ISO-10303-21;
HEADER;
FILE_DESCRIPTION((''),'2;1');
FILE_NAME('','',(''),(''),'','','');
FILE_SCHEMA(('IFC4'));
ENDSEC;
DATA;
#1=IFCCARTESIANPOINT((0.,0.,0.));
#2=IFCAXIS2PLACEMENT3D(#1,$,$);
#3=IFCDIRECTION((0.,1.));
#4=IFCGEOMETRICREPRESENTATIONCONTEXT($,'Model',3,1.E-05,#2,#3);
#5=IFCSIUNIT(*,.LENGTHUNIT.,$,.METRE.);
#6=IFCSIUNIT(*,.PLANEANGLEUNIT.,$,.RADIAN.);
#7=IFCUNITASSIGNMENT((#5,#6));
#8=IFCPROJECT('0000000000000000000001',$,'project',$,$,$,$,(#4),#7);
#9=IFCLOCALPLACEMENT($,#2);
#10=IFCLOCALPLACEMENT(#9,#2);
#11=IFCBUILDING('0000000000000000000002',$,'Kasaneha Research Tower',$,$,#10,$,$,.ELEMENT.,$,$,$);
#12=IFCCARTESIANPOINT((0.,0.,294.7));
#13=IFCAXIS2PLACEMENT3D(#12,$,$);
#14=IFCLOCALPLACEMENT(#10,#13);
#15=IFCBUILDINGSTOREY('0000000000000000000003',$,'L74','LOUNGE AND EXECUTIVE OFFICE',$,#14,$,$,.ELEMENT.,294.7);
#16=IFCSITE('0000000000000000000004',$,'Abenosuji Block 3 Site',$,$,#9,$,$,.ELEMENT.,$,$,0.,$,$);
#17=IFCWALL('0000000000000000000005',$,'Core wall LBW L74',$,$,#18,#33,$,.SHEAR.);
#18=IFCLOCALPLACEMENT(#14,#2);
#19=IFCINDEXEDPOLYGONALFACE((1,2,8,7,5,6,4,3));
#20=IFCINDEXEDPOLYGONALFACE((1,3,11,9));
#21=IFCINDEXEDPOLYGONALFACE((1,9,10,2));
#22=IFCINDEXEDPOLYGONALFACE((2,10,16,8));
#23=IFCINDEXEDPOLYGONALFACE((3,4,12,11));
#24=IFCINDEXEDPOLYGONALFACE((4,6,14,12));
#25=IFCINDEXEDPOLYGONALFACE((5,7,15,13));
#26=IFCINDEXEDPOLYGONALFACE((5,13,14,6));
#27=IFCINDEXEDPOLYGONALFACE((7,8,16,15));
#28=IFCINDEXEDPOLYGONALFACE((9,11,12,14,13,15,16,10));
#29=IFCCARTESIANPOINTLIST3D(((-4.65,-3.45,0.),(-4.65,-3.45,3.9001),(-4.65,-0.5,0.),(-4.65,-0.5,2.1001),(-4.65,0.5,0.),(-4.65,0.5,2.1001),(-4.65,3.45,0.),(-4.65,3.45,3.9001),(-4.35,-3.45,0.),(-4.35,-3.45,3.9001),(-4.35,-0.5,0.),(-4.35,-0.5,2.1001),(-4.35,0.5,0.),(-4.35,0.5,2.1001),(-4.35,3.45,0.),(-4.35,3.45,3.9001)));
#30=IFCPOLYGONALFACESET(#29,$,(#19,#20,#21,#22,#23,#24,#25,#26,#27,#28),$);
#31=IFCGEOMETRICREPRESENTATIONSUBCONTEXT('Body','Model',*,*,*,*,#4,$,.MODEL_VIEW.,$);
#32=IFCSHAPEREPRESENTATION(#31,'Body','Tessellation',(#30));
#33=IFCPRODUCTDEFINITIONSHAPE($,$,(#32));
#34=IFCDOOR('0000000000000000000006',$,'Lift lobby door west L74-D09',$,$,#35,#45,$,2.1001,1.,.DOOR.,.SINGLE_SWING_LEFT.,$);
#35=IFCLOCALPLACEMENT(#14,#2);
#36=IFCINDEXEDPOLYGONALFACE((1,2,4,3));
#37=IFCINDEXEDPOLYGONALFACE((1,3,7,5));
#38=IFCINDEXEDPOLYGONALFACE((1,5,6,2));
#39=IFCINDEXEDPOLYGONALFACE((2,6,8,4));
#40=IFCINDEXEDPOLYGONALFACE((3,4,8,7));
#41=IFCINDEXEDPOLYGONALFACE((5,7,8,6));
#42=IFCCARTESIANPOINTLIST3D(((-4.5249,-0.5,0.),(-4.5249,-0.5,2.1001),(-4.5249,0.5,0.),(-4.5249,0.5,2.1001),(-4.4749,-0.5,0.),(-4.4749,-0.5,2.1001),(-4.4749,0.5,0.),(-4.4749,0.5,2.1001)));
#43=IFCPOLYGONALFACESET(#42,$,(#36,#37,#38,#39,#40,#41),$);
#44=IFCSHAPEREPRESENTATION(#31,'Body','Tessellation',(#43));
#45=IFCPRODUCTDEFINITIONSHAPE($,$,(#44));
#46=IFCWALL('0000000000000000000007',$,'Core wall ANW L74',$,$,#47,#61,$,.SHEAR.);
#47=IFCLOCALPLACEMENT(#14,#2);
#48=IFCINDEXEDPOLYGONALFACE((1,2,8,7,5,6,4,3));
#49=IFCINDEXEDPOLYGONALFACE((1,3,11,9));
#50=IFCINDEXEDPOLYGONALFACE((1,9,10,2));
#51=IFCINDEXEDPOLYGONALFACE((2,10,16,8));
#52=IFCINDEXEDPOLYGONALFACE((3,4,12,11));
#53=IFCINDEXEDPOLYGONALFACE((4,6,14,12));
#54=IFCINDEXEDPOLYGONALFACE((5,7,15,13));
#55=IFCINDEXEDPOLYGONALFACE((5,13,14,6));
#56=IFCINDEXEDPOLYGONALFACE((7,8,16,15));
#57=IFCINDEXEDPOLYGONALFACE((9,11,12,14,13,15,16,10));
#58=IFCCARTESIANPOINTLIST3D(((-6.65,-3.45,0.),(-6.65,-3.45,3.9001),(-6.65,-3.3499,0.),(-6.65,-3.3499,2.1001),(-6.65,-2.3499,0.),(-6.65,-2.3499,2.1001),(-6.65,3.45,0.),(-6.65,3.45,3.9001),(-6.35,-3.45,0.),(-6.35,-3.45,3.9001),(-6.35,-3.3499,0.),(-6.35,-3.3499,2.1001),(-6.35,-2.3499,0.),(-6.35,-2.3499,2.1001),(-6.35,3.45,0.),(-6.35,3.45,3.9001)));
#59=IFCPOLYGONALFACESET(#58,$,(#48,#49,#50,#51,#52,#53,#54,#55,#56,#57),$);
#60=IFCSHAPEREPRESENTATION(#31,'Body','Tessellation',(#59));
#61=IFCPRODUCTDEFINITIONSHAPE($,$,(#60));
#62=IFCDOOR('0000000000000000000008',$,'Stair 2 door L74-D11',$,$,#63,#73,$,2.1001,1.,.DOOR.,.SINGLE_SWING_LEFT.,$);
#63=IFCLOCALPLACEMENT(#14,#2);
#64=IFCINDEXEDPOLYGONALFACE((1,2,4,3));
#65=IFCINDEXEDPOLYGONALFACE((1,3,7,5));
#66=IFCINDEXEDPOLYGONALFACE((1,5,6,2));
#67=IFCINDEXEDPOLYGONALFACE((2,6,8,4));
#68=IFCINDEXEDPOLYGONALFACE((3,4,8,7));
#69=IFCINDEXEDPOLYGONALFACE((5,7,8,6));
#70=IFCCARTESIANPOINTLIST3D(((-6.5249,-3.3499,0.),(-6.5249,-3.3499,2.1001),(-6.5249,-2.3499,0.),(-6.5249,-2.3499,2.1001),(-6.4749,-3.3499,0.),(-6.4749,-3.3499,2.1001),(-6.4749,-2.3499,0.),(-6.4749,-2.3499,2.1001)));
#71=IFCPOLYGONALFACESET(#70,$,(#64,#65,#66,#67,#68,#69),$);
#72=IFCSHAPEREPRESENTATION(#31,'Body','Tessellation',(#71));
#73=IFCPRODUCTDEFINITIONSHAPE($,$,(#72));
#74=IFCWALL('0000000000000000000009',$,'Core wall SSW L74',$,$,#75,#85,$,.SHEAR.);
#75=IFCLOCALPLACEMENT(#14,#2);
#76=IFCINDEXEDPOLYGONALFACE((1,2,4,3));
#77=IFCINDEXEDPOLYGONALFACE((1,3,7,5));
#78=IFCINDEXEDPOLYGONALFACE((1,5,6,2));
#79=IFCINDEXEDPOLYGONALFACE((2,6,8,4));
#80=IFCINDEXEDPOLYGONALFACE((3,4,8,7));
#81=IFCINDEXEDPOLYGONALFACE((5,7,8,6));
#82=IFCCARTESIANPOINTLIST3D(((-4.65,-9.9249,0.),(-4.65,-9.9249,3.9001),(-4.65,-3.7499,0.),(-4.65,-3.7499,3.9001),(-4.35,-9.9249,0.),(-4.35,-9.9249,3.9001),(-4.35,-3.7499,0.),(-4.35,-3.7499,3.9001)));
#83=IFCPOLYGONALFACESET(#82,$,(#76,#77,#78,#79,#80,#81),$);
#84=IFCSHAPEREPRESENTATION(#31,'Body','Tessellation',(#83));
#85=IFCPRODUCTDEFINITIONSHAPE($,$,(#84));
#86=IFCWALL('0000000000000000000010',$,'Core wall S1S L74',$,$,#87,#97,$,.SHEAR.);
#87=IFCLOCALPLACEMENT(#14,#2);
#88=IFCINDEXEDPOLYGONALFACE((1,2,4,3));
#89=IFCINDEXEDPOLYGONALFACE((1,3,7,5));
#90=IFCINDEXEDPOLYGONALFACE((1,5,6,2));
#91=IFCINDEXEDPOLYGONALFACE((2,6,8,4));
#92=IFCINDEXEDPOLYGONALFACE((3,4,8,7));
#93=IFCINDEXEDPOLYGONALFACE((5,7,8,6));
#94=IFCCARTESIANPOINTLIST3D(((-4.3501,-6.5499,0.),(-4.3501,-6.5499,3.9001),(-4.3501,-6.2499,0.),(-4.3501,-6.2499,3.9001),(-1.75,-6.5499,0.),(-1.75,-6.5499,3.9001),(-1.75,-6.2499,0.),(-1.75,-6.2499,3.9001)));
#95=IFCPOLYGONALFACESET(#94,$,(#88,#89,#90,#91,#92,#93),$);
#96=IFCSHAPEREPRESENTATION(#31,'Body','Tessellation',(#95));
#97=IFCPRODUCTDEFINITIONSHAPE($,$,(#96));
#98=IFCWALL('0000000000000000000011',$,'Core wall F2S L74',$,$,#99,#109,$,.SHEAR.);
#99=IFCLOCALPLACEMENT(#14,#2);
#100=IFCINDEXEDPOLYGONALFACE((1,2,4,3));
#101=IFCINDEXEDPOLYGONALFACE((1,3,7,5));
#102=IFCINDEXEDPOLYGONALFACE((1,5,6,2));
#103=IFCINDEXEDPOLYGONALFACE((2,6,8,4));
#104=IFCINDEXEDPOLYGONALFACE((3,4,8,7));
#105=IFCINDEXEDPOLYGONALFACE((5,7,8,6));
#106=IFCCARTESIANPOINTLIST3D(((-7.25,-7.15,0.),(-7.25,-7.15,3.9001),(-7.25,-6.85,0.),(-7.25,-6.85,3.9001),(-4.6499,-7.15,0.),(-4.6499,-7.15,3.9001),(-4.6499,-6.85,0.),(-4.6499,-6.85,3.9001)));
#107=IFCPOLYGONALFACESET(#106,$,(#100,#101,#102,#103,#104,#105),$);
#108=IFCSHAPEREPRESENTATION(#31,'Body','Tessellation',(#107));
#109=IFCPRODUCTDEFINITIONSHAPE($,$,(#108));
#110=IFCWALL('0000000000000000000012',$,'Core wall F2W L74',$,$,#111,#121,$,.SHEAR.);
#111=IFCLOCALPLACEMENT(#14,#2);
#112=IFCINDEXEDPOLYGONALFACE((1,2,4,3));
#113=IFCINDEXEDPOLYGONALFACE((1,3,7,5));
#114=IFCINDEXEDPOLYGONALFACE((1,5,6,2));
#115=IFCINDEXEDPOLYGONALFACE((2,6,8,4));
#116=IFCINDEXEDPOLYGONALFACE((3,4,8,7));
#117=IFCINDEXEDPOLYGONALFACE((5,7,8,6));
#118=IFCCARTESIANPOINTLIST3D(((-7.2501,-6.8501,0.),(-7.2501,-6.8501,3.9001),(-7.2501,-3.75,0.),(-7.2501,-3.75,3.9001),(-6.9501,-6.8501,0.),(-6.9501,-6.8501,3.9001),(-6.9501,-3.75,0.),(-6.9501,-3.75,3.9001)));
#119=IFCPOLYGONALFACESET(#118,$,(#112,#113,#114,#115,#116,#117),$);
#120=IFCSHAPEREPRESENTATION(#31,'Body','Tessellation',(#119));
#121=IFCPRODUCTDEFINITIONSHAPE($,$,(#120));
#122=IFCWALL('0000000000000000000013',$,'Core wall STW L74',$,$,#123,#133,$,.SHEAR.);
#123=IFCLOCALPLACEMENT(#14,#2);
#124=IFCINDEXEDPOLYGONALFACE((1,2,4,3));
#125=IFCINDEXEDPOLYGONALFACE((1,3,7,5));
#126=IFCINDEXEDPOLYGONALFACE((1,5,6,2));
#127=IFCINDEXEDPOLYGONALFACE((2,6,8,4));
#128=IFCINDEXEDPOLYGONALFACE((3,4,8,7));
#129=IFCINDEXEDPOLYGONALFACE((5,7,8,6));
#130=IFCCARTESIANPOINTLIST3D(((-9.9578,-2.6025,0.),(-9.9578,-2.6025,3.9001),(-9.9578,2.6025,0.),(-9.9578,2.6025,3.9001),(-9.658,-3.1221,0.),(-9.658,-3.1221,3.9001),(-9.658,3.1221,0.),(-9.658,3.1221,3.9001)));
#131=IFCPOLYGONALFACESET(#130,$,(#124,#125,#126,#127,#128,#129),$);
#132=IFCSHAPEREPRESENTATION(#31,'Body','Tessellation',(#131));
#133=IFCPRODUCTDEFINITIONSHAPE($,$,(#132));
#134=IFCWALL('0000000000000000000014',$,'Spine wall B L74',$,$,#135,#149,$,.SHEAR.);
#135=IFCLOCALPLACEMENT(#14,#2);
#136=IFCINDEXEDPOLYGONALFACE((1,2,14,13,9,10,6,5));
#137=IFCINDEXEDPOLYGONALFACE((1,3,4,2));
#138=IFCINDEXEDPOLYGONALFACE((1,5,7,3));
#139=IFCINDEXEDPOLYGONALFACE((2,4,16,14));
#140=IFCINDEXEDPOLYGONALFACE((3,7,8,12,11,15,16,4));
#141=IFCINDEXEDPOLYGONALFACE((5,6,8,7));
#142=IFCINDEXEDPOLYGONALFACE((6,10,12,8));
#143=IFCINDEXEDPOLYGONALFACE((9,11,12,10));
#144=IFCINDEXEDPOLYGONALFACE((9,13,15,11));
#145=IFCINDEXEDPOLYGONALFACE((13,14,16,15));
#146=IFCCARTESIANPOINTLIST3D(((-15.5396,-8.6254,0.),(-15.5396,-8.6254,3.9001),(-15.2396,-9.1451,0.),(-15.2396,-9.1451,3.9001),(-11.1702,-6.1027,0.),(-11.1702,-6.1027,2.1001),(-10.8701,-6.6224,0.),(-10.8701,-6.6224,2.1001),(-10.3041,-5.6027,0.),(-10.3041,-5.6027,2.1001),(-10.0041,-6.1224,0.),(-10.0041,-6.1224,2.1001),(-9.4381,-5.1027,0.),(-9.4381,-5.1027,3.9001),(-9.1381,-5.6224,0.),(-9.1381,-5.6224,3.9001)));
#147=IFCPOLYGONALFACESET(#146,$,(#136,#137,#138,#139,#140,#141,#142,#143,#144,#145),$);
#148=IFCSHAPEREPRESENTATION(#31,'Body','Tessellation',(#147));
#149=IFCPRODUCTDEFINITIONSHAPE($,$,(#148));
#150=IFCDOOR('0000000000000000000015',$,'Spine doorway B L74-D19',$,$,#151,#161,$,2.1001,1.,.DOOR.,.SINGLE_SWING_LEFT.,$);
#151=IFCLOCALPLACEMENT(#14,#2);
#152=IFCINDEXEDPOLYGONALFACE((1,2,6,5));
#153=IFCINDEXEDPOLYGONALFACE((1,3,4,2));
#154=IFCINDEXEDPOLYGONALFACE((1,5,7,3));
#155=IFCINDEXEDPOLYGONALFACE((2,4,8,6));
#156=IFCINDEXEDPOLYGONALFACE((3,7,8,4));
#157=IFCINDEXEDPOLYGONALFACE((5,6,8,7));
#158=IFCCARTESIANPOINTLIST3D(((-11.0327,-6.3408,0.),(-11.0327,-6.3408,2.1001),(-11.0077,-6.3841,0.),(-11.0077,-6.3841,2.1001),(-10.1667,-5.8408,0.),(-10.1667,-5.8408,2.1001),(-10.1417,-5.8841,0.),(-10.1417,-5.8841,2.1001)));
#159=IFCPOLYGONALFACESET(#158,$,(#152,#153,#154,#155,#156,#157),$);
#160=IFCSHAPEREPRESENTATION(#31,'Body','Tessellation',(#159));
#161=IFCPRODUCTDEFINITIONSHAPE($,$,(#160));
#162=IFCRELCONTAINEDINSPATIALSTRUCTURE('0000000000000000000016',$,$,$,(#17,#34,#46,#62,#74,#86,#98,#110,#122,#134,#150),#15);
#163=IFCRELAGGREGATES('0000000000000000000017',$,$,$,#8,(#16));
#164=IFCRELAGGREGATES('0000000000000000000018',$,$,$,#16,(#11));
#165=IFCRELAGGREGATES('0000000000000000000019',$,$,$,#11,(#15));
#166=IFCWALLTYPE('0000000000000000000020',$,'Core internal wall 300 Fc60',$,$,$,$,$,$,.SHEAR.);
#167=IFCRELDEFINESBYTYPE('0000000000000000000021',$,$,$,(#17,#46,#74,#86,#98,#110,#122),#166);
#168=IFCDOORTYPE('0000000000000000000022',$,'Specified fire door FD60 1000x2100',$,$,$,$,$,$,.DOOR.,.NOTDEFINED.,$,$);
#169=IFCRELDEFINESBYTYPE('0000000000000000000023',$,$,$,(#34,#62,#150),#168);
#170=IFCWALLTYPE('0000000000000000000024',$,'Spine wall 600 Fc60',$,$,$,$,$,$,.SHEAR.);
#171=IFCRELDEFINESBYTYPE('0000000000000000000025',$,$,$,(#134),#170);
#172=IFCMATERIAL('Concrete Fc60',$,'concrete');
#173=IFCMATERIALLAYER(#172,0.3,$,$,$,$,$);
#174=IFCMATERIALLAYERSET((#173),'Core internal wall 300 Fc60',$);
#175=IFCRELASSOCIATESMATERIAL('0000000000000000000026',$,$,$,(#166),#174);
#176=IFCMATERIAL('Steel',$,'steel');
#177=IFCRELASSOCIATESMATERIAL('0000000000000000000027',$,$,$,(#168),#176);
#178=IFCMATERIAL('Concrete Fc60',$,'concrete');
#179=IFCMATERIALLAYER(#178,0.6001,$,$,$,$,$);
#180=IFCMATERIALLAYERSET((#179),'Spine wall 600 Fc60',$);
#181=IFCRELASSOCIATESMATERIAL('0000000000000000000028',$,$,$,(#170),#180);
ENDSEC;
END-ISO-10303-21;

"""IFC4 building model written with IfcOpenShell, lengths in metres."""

from ifc_helpers import new_model, si_unit, direction, frame, frame_2d, origin, place, context, subcontext, project, spatial, polyline, rectangle, outline, extrude, material, layer, layer_set, type_object, element, fill, save


model = new_model("IFC4")

# Units and contexts
model_context = context("Model", 3, precision=1e-05, world=origin(), true_north=direction((0.0, 1.0)))
body_context = subcontext(model_context, "Body", "Model", "MODEL_VIEW")
ifc_project = project(units=[si_unit("LENGTHUNIT", "METRE"), si_unit("PLANEANGLEUNIT", "RADIAN")], contexts=[model_context])

# Site, building, storey
site_placement = place(None, origin())
site = spatial("IfcSite", under=ifc_project, at=site_placement, Name="Abenosuji Block 3 Site", CompositionType="ELEMENT", RefElevation=0.0)
building_placement = place(site_placement, origin())
building = spatial("IfcBuilding", under=site, at=building_placement, Name="Kasaneha Research Tower", CompositionType="ELEMENT")
storey_placement = place(building_placement, frame((0.0, 0.0, 294.7)))
storey = spatial("IfcBuildingStorey", under=building, at=storey_placement, Name="L74", Description="LOUNGE AND EXECUTIVE OFFICE", CompositionType="ELEMENT", Elevation=294.7)

# Shared definitions
ifc_material_1 = material(Name="Concrete Fc60", Category="concrete")
ifc_layer_1 = layer(ifc_material_1, 0.3)
ifc_layer_set_1 = layer_set([ifc_layer_1], Name="Core internal wall 300 Fc60")
wall_type_1 = type_object("IfcWallType", Name="Core internal wall 300 Fc60", PredefinedType="SHEAR", material=ifc_layer_set_1)

# Walls, openings, doors
wall_1_placement = place(storey_placement, frame((-4.5, -3.45, 0.0), z_axis=(0.0, 0.0, 1.0), x_axis=(0.0, 1.0, 0.0)))
wall_1 = element("IfcWall", 1, at=wall_1_placement, inside=storey, type_object=wall_type_1, Name="Core wall LBW L74", PredefinedType="SHEAR", context=body_context, shape_type="SweptSolid", body=[
    extrude(rectangle(XDim=6.8999, YDim=0.3, at=frame_2d((3.45, 0.0))), origin(), (0.0, 0.0, 1.0), 3.9001),
])
opening_1_placement = place(wall_1_placement, frame((2.95, 0.0, 0.0)))
opening_1 = element("IfcOpeningElement", 2, at=opening_1_placement, cuts=wall_1, PredefinedType="OPENING", context=body_context, shape_type="SweptSolid", body=[
    extrude(rectangle(XDim=1.0, YDim=2.1001, at=frame_2d((0.5, 1.05))), frame((0.0, 0.1602, 0.0), z_axis=(0.0, -1.0, 0.0), x_axis=(1.0, 0.0, 0.0)), (0.0, 0.0, 1.0), 0.3201),
])
ifc_material_2 = material(Name="Steel", Category="steel")
door_type_1 = type_object("IfcDoorType", Name="Specified fire door FD60 1000x2100", OperationType="NOTDEFINED", PredefinedType="DOOR", material=ifc_material_2)
door_1_placement = place(opening_1_placement, origin())
door_1 = element("IfcDoor", 3, at=door_1_placement, inside=storey, type_object=door_type_1, Name="Lift lobby door west L74-D09", OperationType="SINGLE_SWING_LEFT", OverallHeight=2.1001, OverallWidth=1.0, PredefinedType="DOOR", context=body_context, shape_type="SweptSolid", body=[
    extrude(rectangle(XDim=1.0, YDim=2.1001, at=frame_2d((0.5, 1.05))), frame((0.0, 0.0249, 0.0), z_axis=(0.0, -1.0, 0.0), x_axis=(1.0, 0.0, 0.0)), (0.0, 0.0, 1.0), 0.05),
])
fill(opening_1, door_1)
wall_2_placement = place(storey_placement, frame((-6.5, -3.45, 0.0), z_axis=(0.0, 0.0, 1.0), x_axis=(0.0, 1.0, 0.0)))
wall_2 = element("IfcWall", 4, at=wall_2_placement, inside=storey, type_object=wall_type_1, Name="Core wall ANW L74", PredefinedType="SHEAR", context=body_context, shape_type="SweptSolid", body=[
    extrude(rectangle(XDim=6.8999, YDim=0.3, at=frame_2d((3.45, 0.0))), origin(), (0.0, 0.0, 1.0), 3.9001),
])
opening_2_placement = place(wall_2_placement, frame((0.1001, 0.0, 0.0)))
opening_2 = element("IfcOpeningElement", 5, at=opening_2_placement, cuts=wall_2, PredefinedType="OPENING", context=body_context, shape_type="SweptSolid", body=[
    extrude(rectangle(XDim=1.0, YDim=2.1001, at=frame_2d((0.5, 1.05))), frame((0.0, 0.1602, 0.0), z_axis=(0.0, -1.0, 0.0), x_axis=(1.0, 0.0, 0.0)), (0.0, 0.0, 1.0), 0.3201),
])
door_2_placement = place(opening_2_placement, origin())
door_2 = element("IfcDoor", 6, at=door_2_placement, inside=storey, type_object=door_type_1, Name="Stair 2 door L74-D11", OperationType="SINGLE_SWING_LEFT", OverallHeight=2.1001, OverallWidth=1.0, PredefinedType="DOOR", context=body_context, shape_type="SweptSolid", body=[
    extrude(rectangle(XDim=1.0, YDim=2.1001, at=frame_2d((0.5, 1.05))), frame((0.0, 0.0249, 0.0), z_axis=(0.0, -1.0, 0.0), x_axis=(1.0, 0.0, 0.0)), (0.0, 0.0, 1.0), 0.05),
])
fill(opening_2, door_2)

# Walls
wall_3_placement = place(storey_placement, frame((-4.5, -3.75, 0.0), z_axis=(0.0, 0.0, 1.0), x_axis=(0.0, -1.0, 0.0)))
element("IfcWall", 7, at=wall_3_placement, inside=storey, type_object=wall_type_1, Name="Core wall SSW L74", PredefinedType="SHEAR", context=body_context, shape_type="SweptSolid", body=[
    extrude(rectangle(XDim=6.175, YDim=0.3, at=frame_2d((3.0874, 0.0))), origin(), (0.0, 0.0, 1.0), 3.9001),
])
for number, where, z_axis, x_axis, name in (
    (8, (-4.3501, -6.3999, 0.0), (0.0, 0.0, 1.0), (1.0, 0.0, 0.0), "Core wall S1S L74"),
    (9, (-7.25, -7.0, 0.0), (0.0, 0.0, 1.0), (1.0, 0.0, 0.0), "Core wall F2S L74"),
):
    element("IfcWall", number, at=place(storey_placement, frame(where, z_axis=z_axis, x_axis=x_axis)), inside=storey, type_object=wall_type_1, Name=name, PredefinedType="SHEAR", context=body_context, shape_type="SweptSolid", body=[
        extrude(rectangle(XDim=2.6001, YDim=0.3, at=frame_2d((1.3, 0.0))), origin(), (0.0, 0.0, 1.0), 3.9001),
    ])
wall_4_placement = place(storey_placement, frame((-7.1001, -3.75, 0.0), z_axis=(0.0, 0.0, 1.0), x_axis=(0.0, -1.0, 0.0)))
element("IfcWall", 10, at=wall_4_placement, inside=storey, type_object=wall_type_1, Name="Core wall F2W L74", PredefinedType="SHEAR", context=body_context, shape_type="SweptSolid", body=[
    extrude(rectangle(XDim=3.1001, YDim=0.3, at=frame_2d((1.55, 0.0))), origin(), (0.0, 0.0, 1.0), 3.9001),
])
wall_5_placement = place(storey_placement, frame((-9.8079, -2.8623, 0.0), z_axis=(0.0, 0.0, 1.0), x_axis=(0.0, 1.0, 0.0)))
element("IfcWall", 11, at=wall_5_placement, inside=storey, type_object=wall_type_1, Name="Core wall STW L74", PredefinedType="SHEAR", context=body_context, shape_type="SweptSolid", body=[
    extrude(outline(polyline([(-0.2598, -0.1499), (5.9844, -0.1499), (5.4648, 0.1499), (0.2598, 0.1499), (-0.2598, -0.1499)])), origin(), (0.0, 0.0, 1.0), 3.9001),
])

# Wall, opening, door
ifc_material_3 = material(Name="Concrete Fc60", Category="concrete")
ifc_layer_2 = layer(ifc_material_3, 0.6001)
ifc_layer_set_2 = layer_set([ifc_layer_2], Name="Spine wall 600 Fc60")
wall_type_2 = type_object("IfcWallType", Name="Spine wall 600 Fc60", PredefinedType="SHEAR", material=ifc_layer_set_2)
wall_6_placement = place(storey_placement, frame((-9.2881, -5.3625, 0.0), z_axis=(0.0, 0.0, 1.0), x_axis=(-0.866027, -0.499996, 0.0)))
wall_6 = element("IfcWall", 12, at=wall_6_placement, inside=storey, type_object=wall_type_2, Name="Spine wall B L74", PredefinedType="SHEAR", context=body_context, shape_type="SweptSolid", body=[
    extrude(rectangle(XDim=7.0454, YDim=0.6001, at=frame_2d((3.5227, 0.0))), origin(), (0.0, 0.0, 1.0), 3.9001),
])
opening_3_placement = place(wall_6_placement, frame((1.0, 0.0, 0.0)))
opening_3 = element("IfcOpeningElement", 13, at=opening_3_placement, cuts=wall_6, PredefinedType="OPENING", context=body_context, shape_type="SweptSolid", body=[
    extrude(rectangle(XDim=1.0, YDim=2.1001, at=frame_2d((0.5, 1.05))), frame((0.0, 0.3101, 0.0), z_axis=(0.0, -1.0, 0.0), x_axis=(1.0, 0.0, 0.0)), (0.0, 0.0, 1.0), 0.6201),
])
door_3_placement = place(opening_3_placement, origin())
door_3 = element("IfcDoor", 14, at=door_3_placement, inside=storey, type_object=door_type_1, Name="Spine doorway B L74-D19", OperationType="SINGLE_SWING_LEFT", OverallHeight=2.1001, OverallWidth=1.0, PredefinedType="DOOR", context=body_context, shape_type="SweptSolid", body=[
    extrude(rectangle(XDim=1.0, YDim=2.1001, at=frame_2d((0.5, 1.05))), frame((0.0, 0.0249, 0.0), z_axis=(0.0, -1.0, 0.0), x_axis=(1.0, 0.0, 0.0)), (0.0, 0.0, 1.0), 0.05),
])
fill(opening_3, door_3)

save(model, "model.ifc")
